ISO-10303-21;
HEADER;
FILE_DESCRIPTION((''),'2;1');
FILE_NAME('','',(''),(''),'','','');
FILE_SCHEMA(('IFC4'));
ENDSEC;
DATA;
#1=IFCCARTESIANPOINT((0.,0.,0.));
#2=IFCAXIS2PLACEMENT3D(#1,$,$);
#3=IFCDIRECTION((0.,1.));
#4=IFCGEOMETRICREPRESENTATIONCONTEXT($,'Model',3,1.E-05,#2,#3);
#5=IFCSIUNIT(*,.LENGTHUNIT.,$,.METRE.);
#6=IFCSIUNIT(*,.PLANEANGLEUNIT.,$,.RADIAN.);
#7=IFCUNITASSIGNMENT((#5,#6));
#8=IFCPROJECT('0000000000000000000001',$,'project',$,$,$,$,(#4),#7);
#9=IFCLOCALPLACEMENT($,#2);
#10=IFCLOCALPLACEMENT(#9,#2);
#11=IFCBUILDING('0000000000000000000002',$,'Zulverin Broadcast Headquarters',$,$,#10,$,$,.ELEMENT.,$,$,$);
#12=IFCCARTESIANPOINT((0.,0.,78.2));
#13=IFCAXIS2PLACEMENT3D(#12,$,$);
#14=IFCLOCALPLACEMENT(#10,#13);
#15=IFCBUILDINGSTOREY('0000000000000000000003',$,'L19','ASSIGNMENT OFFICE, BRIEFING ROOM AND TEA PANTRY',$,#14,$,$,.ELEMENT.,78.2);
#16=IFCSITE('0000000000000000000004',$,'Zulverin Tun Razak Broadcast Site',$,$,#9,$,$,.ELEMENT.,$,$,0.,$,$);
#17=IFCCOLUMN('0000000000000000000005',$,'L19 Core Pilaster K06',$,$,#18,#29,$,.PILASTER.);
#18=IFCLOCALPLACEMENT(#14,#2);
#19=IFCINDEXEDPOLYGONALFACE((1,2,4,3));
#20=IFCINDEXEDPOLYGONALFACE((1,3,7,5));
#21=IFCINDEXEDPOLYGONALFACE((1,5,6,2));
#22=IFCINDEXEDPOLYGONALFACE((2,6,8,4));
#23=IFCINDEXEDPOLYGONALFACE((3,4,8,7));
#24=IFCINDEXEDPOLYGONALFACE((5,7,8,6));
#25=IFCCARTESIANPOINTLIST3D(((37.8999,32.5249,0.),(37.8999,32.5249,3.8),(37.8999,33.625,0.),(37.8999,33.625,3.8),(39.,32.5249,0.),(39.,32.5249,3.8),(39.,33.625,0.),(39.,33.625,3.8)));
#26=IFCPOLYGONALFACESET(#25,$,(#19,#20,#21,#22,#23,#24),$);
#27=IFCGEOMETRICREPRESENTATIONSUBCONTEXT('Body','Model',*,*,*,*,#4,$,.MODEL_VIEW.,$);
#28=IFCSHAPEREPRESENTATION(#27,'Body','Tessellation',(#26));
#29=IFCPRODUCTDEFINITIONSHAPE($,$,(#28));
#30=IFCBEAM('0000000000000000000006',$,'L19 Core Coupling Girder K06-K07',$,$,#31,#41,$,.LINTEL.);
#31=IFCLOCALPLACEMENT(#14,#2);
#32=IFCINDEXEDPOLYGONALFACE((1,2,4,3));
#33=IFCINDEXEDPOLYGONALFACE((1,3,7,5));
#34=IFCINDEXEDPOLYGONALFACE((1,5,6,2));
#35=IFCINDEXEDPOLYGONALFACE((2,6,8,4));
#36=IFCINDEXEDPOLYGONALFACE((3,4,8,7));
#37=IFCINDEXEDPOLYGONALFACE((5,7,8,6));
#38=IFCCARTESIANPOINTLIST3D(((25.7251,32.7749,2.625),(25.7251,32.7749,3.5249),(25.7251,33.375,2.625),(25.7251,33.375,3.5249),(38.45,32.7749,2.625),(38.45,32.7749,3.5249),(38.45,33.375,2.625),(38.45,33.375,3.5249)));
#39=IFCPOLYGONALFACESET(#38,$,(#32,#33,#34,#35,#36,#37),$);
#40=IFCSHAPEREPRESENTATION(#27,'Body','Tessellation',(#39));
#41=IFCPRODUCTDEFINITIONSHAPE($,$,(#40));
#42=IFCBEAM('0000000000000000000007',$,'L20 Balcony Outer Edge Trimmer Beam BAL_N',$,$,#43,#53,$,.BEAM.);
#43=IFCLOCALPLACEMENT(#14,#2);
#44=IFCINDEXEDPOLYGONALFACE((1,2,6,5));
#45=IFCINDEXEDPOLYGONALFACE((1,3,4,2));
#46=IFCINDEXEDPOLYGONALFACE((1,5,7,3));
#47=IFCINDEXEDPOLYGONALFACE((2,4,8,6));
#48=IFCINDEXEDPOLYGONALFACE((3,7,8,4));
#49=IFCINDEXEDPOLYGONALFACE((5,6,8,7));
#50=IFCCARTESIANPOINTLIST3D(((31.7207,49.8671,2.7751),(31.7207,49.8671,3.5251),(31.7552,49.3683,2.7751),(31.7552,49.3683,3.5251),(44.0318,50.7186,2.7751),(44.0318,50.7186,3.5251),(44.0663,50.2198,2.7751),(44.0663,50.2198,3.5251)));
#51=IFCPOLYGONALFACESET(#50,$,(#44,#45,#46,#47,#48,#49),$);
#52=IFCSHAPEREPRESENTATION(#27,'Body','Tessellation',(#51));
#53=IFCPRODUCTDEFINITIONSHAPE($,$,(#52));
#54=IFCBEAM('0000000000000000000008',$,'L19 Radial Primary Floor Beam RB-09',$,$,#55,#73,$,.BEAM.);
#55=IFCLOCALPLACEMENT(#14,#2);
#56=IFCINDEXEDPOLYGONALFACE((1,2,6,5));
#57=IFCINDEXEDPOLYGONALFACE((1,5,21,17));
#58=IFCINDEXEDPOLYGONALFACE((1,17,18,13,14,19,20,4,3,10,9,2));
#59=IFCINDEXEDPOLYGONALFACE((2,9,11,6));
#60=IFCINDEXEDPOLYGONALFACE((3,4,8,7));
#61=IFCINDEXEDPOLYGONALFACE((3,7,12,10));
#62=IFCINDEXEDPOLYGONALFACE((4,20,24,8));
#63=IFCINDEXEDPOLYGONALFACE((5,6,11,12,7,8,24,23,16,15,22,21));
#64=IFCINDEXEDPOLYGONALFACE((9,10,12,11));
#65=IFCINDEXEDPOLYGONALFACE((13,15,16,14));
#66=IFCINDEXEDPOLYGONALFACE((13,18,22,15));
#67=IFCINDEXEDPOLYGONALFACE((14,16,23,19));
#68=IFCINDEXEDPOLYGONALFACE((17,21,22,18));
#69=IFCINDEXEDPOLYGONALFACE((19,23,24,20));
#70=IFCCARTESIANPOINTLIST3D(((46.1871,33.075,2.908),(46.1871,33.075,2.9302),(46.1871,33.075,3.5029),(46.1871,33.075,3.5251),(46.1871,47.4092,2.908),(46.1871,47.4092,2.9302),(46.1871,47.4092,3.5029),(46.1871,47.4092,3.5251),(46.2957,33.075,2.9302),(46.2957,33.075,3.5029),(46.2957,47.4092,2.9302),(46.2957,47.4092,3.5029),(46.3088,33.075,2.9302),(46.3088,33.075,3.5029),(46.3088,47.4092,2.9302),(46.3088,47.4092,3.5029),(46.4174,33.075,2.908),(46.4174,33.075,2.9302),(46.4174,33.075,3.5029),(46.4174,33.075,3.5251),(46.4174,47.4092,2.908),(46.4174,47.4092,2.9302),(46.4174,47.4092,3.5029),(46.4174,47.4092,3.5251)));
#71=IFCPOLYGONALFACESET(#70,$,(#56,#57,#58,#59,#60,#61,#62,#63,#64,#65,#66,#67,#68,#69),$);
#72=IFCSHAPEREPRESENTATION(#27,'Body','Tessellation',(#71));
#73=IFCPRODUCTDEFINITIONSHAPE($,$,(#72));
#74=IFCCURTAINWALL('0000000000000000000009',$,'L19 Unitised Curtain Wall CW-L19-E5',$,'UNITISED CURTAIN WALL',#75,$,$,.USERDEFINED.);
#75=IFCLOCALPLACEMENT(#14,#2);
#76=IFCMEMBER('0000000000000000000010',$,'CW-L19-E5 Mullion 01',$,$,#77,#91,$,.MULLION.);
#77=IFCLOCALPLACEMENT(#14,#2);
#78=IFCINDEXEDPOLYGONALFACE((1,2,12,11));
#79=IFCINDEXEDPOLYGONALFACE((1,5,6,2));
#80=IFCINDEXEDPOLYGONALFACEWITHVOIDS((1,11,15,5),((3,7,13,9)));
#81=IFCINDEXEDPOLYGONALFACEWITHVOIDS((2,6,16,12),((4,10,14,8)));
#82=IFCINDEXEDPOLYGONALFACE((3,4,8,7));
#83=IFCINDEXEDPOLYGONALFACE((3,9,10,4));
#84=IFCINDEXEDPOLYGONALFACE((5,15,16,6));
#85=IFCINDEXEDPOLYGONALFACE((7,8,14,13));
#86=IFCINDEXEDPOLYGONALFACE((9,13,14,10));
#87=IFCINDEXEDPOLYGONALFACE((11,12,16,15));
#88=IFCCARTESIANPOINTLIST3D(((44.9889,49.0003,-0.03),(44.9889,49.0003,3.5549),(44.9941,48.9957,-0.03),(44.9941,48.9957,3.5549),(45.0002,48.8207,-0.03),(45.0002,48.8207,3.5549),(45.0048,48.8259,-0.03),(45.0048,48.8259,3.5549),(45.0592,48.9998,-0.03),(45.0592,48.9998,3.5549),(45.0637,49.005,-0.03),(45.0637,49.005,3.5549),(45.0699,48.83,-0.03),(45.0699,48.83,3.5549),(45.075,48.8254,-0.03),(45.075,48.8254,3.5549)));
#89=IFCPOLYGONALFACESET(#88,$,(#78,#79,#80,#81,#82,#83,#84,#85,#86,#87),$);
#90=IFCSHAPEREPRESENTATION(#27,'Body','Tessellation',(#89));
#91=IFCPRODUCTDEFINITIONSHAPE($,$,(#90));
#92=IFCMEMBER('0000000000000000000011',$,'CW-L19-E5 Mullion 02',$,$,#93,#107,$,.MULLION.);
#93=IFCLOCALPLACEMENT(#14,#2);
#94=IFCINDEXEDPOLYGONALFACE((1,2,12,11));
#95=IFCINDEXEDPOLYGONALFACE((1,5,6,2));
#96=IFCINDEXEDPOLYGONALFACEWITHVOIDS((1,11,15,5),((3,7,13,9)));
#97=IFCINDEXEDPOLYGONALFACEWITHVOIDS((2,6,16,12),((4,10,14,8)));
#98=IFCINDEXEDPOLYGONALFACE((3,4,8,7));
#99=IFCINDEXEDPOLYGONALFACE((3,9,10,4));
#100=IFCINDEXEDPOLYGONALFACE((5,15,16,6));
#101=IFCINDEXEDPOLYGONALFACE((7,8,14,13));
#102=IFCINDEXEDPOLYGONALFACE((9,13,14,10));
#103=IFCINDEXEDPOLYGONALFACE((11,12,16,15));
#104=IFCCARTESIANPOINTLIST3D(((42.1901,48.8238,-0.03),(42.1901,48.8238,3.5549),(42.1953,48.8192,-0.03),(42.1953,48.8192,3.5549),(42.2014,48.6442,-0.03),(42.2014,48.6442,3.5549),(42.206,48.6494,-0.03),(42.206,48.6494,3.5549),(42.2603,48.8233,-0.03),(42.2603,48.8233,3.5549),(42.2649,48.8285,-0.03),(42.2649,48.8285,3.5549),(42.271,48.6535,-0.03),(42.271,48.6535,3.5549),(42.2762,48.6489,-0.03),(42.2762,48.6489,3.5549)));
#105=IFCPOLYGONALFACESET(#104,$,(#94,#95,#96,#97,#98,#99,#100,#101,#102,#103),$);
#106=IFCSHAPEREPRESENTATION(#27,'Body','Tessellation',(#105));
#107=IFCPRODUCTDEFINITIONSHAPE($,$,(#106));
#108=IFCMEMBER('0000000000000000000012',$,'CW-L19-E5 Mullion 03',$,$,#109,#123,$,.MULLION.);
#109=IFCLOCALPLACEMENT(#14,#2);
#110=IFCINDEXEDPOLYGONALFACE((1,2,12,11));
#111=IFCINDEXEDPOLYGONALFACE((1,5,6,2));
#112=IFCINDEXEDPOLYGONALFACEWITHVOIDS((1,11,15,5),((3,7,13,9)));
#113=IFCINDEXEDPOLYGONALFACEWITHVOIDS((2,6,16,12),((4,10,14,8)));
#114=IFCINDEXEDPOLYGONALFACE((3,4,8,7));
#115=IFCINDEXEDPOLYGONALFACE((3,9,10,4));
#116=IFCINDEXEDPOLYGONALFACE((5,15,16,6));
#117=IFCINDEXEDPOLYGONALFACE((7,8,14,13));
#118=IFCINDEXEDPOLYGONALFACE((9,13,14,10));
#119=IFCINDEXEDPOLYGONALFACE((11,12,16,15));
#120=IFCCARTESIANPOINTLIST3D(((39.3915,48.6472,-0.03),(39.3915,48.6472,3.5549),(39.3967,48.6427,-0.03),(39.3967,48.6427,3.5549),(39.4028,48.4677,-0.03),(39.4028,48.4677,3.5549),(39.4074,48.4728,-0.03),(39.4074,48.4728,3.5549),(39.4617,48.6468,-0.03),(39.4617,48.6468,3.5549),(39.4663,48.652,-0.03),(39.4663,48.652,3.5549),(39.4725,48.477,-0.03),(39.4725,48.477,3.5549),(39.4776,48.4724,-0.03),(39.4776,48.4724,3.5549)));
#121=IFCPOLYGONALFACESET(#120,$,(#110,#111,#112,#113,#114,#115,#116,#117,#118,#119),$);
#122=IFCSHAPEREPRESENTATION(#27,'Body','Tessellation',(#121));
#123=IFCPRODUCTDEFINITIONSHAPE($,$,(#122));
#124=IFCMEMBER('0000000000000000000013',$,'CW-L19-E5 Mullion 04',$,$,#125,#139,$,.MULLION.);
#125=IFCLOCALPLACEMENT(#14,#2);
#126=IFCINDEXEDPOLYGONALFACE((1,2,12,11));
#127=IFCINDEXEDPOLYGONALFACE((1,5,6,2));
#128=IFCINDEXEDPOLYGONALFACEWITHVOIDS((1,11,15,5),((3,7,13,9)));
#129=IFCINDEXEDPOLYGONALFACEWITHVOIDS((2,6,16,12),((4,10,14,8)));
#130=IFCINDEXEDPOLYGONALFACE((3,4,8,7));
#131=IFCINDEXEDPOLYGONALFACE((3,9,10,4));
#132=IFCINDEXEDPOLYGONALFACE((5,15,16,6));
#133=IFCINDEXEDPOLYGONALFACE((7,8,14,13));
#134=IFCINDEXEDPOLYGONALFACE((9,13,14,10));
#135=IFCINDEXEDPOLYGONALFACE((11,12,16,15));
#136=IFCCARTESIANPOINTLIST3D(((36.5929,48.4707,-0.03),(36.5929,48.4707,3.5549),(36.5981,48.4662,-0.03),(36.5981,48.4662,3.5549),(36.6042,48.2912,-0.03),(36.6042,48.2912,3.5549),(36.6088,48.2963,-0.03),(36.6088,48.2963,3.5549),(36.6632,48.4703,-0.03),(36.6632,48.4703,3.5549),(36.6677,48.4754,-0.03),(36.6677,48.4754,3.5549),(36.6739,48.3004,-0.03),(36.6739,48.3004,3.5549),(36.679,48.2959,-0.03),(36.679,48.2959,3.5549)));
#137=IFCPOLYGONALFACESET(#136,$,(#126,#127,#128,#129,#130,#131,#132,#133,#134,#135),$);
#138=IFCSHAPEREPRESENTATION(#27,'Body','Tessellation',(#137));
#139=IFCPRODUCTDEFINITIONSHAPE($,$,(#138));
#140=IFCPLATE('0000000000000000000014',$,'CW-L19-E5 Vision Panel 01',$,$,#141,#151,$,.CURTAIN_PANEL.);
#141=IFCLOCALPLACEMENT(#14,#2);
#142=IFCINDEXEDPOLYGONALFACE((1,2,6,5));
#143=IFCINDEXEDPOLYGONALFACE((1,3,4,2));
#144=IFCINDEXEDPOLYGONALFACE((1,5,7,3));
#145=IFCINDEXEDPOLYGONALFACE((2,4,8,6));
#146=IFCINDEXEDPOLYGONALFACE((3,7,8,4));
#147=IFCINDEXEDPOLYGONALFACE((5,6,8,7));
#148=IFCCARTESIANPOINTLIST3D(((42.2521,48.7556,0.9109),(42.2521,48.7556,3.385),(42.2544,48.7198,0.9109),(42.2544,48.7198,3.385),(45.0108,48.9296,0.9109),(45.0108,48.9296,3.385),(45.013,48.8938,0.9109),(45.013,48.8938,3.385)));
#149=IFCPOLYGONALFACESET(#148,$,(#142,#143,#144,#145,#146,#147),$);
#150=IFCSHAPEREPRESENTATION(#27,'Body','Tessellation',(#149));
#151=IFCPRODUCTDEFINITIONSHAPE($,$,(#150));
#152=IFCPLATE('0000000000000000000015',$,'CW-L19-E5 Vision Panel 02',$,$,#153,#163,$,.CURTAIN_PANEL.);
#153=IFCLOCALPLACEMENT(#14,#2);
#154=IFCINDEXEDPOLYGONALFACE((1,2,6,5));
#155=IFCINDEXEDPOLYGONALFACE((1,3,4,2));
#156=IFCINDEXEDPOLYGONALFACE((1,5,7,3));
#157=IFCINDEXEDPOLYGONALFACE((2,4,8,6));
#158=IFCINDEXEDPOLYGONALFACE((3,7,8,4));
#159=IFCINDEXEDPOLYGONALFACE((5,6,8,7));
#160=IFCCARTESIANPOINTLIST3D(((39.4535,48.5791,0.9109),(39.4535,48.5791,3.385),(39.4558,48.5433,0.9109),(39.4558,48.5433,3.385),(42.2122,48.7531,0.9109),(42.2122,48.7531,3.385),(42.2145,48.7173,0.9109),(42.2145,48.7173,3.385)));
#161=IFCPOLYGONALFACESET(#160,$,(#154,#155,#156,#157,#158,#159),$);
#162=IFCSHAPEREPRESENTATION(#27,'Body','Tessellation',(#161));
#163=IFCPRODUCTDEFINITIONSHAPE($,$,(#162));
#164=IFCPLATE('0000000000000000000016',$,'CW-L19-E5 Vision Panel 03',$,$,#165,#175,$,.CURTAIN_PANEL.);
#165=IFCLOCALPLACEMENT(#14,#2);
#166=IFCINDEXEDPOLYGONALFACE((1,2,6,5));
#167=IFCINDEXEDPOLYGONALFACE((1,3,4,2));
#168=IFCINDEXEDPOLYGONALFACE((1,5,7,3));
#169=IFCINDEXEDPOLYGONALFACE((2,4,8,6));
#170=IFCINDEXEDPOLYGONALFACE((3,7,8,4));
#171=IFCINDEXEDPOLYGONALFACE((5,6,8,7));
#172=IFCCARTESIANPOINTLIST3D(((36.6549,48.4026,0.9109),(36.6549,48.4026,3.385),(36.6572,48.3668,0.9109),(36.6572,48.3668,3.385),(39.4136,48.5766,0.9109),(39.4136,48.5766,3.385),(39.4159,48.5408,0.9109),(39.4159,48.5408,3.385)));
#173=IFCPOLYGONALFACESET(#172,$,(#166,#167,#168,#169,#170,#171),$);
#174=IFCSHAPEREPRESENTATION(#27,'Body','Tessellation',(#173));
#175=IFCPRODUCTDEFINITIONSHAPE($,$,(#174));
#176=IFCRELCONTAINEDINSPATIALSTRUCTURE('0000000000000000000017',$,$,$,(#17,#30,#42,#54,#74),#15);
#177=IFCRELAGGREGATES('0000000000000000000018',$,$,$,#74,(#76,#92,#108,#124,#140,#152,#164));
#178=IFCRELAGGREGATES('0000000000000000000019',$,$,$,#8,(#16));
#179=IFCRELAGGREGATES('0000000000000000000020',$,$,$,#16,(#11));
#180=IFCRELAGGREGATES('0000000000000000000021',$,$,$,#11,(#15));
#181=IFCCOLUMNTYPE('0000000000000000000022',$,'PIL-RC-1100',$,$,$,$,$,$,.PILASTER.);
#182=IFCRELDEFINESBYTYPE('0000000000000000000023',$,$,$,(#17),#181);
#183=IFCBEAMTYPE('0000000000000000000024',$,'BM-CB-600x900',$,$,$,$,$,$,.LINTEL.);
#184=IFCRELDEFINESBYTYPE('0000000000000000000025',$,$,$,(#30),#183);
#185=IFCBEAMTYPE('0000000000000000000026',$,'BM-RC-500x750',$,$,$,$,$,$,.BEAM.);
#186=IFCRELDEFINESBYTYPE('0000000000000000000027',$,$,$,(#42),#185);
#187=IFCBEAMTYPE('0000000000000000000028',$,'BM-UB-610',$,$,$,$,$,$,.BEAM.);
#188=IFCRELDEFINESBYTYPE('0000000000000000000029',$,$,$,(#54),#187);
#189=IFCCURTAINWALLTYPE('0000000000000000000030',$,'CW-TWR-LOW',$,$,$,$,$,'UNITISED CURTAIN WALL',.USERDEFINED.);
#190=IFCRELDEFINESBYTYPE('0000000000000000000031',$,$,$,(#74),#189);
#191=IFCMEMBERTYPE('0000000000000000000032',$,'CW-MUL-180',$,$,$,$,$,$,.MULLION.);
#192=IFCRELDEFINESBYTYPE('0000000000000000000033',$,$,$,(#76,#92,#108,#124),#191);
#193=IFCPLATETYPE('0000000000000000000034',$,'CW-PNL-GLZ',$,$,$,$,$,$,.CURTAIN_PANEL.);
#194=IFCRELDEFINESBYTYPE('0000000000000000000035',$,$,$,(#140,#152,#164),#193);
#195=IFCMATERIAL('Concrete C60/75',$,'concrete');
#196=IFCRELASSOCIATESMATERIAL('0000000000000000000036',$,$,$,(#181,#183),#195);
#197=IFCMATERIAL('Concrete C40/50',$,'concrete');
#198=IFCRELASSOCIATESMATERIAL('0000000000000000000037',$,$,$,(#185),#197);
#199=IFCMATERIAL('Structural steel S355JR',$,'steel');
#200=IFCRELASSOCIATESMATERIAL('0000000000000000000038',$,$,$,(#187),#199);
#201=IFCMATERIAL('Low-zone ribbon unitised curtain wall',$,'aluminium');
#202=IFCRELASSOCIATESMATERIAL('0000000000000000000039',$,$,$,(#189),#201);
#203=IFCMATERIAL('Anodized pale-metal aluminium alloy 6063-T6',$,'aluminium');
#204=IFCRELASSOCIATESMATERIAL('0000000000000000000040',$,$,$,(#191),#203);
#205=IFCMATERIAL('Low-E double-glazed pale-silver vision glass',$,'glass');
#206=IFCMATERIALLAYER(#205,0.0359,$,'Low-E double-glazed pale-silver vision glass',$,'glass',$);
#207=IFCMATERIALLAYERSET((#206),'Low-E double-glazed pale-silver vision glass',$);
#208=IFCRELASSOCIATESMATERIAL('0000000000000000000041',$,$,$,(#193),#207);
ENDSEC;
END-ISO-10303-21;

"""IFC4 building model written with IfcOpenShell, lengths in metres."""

from ifc_helpers import new_model, si_unit, direction, frame, origin, origin_2d, place, context, subcontext, project, spatial, rectangle, hollow_rectangle, i_section, extrude, material, layer, layer_set, material_profile, profile_set, type_object, element, aggregate, save


model = new_model("IFC4")

# Units and contexts
model_context = context("Model", 3, precision=1e-05, world=origin(), true_north=direction((0.0, 1.0)))
body_context = subcontext(model_context, "Body", "Model", "MODEL_VIEW")
ifc_project = project(units=[si_unit("LENGTHUNIT", "METRE"), si_unit("PLANEANGLEUNIT", "RADIAN")], contexts=[model_context])

# Site, building, storey
site_placement = place(None, origin())
site = spatial("IfcSite", under=ifc_project, at=site_placement, Name="Zulverin Tun Razak Broadcast Site", CompositionType="ELEMENT", RefElevation=0.0)
building_placement = place(site_placement, origin())
building = spatial("IfcBuilding", under=site, at=building_placement, Name="Zulverin Broadcast Headquarters", CompositionType="ELEMENT")
storey_placement = place(building_placement, frame((0.0, 0.0, 78.2)))
storey = spatial("IfcBuildingStorey", under=building, at=storey_placement, Name="L19", Description="ASSIGNMENT OFFICE, BRIEFING ROOM AND TEA PANTRY", CompositionType="ELEMENT", Elevation=78.2)

# Column
ifc_material_1 = material(Name="Concrete C60/75", Category="concrete")
ifc_material_profile_1 = material_profile(ifc_material_1, rectangle(XDim=1.1001, YDim=1.1001, at=origin_2d()), Name="Concrete C60/75", Category="concrete")
ifc_profile_set_1 = profile_set([ifc_material_profile_1], Name="Concrete C60/75")
column_type = type_object("IfcColumnType", Name="PIL-RC-1100", PredefinedType="PILASTER", material=ifc_profile_set_1)
column_placement = place(storey_placement, frame((38.45, 33.075, 0.0), z_axis=(0.0, 0.0, 1.0), x_axis=(1.0, 0.0, 0.0)))
element("IfcColumn", 1, at=column_placement, inside=storey, type_object=column_type, Name="L19 Core Pilaster K06", PredefinedType="PILASTER", context=body_context, shape_type="SweptSolid", body=[
    extrude(rectangle(XDim=1.1001, YDim=1.1001, at=origin_2d()), origin(), (0.0, 0.0, 1.0), 3.8),
])

# Beams
ifc_material_profile_2 = material_profile(ifc_material_1, rectangle(XDim=0.6001, YDim=0.8999, at=origin_2d()), Name="Concrete C60/75", Category="concrete")
ifc_profile_set_2 = profile_set([ifc_material_profile_2], Name="Concrete C60/75")
beam_type_1 = type_object("IfcBeamType", Name="BM-CB-600x900", PredefinedType="LINTEL", material=ifc_profile_set_2)
beam_1_placement = place(storey_placement, frame((38.45, 33.075, 3.075), z_axis=(-1.0, 0.0, 0.0), x_axis=(0.0, -1.0, 0.0)))
element("IfcBeam", 2, at=beam_1_placement, inside=storey, type_object=beam_type_1, Name="L19 Core Coupling Girder K06-K07", PredefinedType="LINTEL", context=body_context, shape_type="SweptSolid", body=[
    extrude(rectangle(XDim=0.6001, YDim=0.8999, at=origin_2d()), origin(), (0.0, 0.0, 1.0), 12.7249),
])
ifc_material_2 = material(Name="Concrete C40/50", Category="concrete")
ifc_material_profile_3 = material_profile(ifc_material_2, rectangle(XDim=0.5, YDim=0.75, at=origin_2d()), Name="Concrete C40/50", Category="concrete")
ifc_profile_set_3 = profile_set([ifc_material_profile_3], Name="Concrete C40/50")
beam_type_2 = type_object("IfcBeamType", Name="BM-RC-500x750", PredefinedType="BEAM", material=ifc_profile_set_3)
beam_2_placement = place(storey_placement, frame((44.0491, 50.4692, 3.1501), z_axis=(-0.997616, -0.069004, 0.0), x_axis=(0.069004, -0.997616, 0.0)))
element("IfcBeam", 3, at=beam_2_placement, inside=storey, type_object=beam_type_2, Name="L20 Balcony Outer Edge Trimmer Beam BAL_N", PredefinedType="BEAM", context=body_context, shape_type="SweptSolid", body=[
    extrude(rectangle(XDim=0.5, YDim=0.75, at=origin_2d()), origin(), (0.0, 0.0, 1.0), 12.3406),
])
ifc_material_3 = material(Name="Structural steel S355JR", Category="steel")
ifc_material_profile_4 = material_profile(ifc_material_3, i_section(OverallWidth=0.2302, OverallDepth=0.6172, WebThickness=0.0132, FlangeThickness=0.0222, at=origin_2d()), Name="Structural steel S355JR", Category="steel")
ifc_profile_set_4 = profile_set([ifc_material_profile_4], Name="Structural steel S355JR")
beam_type_3 = type_object("IfcBeamType", Name="BM-UB-610", PredefinedType="BEAM", material=ifc_profile_set_4)
beam_3_placement = place(storey_placement, frame((46.3022, 33.075, 3.2166), z_axis=(0.0, 1.0, 0.0), x_axis=(-1.0, 0.0, 0.0)))
element("IfcBeam", 4, at=beam_3_placement, inside=storey, type_object=beam_type_3, Name="L19 Radial Primary Floor Beam RB-09", PredefinedType="BEAM", context=body_context, shape_type="SweptSolid", body=[
    extrude(i_section(OverallWidth=0.2302, OverallDepth=0.6172, WebThickness=0.0132, FlangeThickness=0.0222, at=origin_2d()), origin(), (0.0, 0.0, 1.0), 14.3342),
])

# Curtain wall, members, plates
ifc_material_4 = material(Name="Low-zone ribbon unitised curtain wall", Category="aluminium")
curtain_wall_type = type_object("IfcCurtainWallType", Name="CW-TWR-LOW", ElementType="UNITISED CURTAIN WALL", PredefinedType="USERDEFINED", material=ifc_material_4)
curtain_wall_placement = place(storey_placement, origin())
curtain_wall = element("IfcCurtainWall", 5, at=curtain_wall_placement, inside=storey, type_object=curtain_wall_type, Name="L19 Unitised Curtain Wall CW-L19-E5", ObjectType="UNITISED CURTAIN WALL", PredefinedType="USERDEFINED")
ifc_material_5 = material(Name="Anodized pale-metal aluminium alloy 6063-T6", Category="aluminium")
ifc_material_profile_5 = material_profile(ifc_material_5, hollow_rectangle(XDim=0.075, YDim=0.1799, WallThickness=0.0049, at=origin_2d()), Name="Anodized pale-metal aluminium alloy 6063-T6", Category="aluminium")
ifc_profile_set_5 = profile_set([ifc_material_profile_5], Name="Anodized pale-metal aluminium alloy 6063-T6")
member_type = type_object("IfcMemberType", Name="CW-MUL-180", PredefinedType="MULLION", material=ifc_profile_set_5)
member_1_placement = place(storey_placement, frame((45.032, 48.9128, -0.03), z_axis=(0.0, 0.0, 1.0), x_axis=(-0.998018, -0.062935, 0.0)))
member_1 = element("IfcMember", 6, at=member_1_placement, type_object=member_type, Name="CW-L19-E5 Mullion 01", PredefinedType="MULLION", context=body_context, shape_type="SweptSolid", body=[
    extrude(hollow_rectangle(XDim=0.075, YDim=0.1799, WallThickness=0.0049, at=origin_2d()), origin(), (0.0, 0.0, 1.0), 3.585),
])
member_2_placement = place(storey_placement, frame((42.2332, 48.7363, -0.03), z_axis=(0.0, 0.0, 1.0), x_axis=(-0.998018, -0.062935, 0.0)))
member_2 = element("IfcMember", 7, at=member_2_placement, type_object=member_type, Name="CW-L19-E5 Mullion 02", PredefinedType="MULLION", context=body_context, shape_type="SweptSolid", body=[
    extrude(hollow_rectangle(XDim=0.075, YDim=0.1799, WallThickness=0.0049, at=origin_2d()), origin(), (0.0, 0.0, 1.0), 3.585),
])
member_3_placement = place(storey_placement, frame((39.4346, 48.5598, -0.03), z_axis=(0.0, 0.0, 1.0), x_axis=(-0.998018, -0.062935, 0.0)))
member_3 = element("IfcMember", 8, at=member_3_placement, type_object=member_type, Name="CW-L19-E5 Mullion 03", PredefinedType="MULLION", context=body_context, shape_type="SweptSolid", body=[
    extrude(hollow_rectangle(XDim=0.075, YDim=0.1799, WallThickness=0.0049, at=origin_2d()), origin(), (0.0, 0.0, 1.0), 3.585),
])
member_4_placement = place(storey_placement, frame((36.636, 48.3833, -0.03), z_axis=(0.0, 0.0, 1.0), x_axis=(-0.998018, -0.062935, 0.0)))
member_4 = element("IfcMember", 9, at=member_4_placement, type_object=member_type, Name="CW-L19-E5 Mullion 04", PredefinedType="MULLION", context=body_context, shape_type="SweptSolid", body=[
    extrude(hollow_rectangle(XDim=0.075, YDim=0.1799, WallThickness=0.0049, at=origin_2d()), origin(), (0.0, 0.0, 1.0), 3.585),
])
ifc_material_6 = material(Name="Low-E double-glazed pale-silver vision glass", Category="glass")
ifc_layer_1 = layer(ifc_material_6, 0.0359, Name="Low-E double-glazed pale-silver vision glass", Category="glass")
ifc_layer_set_1 = layer_set([ifc_layer_1], Name="Low-E double-glazed pale-silver vision glass")
plate_type_1 = type_object("IfcPlateType", Name="CW-PNL-GLZ", PredefinedType="CURTAIN_PANEL", material=ifc_layer_set_1)
plate_1_placement = place(storey_placement, frame((43.6326, 48.8247, 0.9109), z_axis=(0.0, 0.0, 1.0), x_axis=(-0.998018, -0.062935, 0.0)))
plate_1 = element("IfcPlate", 10, at=plate_1_placement, type_object=plate_type_1, Name="CW-L19-E5 Vision Panel 01", PredefinedType="CURTAIN_PANEL", context=body_context, shape_type="SweptSolid", body=[
    extrude(rectangle(XDim=2.7642, YDim=0.0359, at=origin_2d()), origin(), (0.0, 0.0, 1.0), 2.4741),
])
plate_2_placement = place(storey_placement, frame((40.834, 48.6482, 0.9109), z_axis=(0.0, 0.0, 1.0), x_axis=(-0.998018, -0.062935, 0.0)))
plate_2 = element("IfcPlate", 11, at=plate_2_placement, type_object=plate_type_1, Name="CW-L19-E5 Vision Panel 02", PredefinedType="CURTAIN_PANEL", context=body_context, shape_type="SweptSolid", body=[
    extrude(rectangle(XDim=2.7642, YDim=0.0359, at=origin_2d()), origin(), (0.0, 0.0, 1.0), 2.4741),
])
plate_3_placement = place(storey_placement, frame((38.0354, 48.4717, 0.9109), z_axis=(0.0, 0.0, 1.0), x_axis=(-0.998018, -0.062935, 0.0)))
plate_3 = element("IfcPlate", 12, at=plate_3_placement, type_object=plate_type_1, Name="CW-L19-E5 Vision Panel 03", PredefinedType="CURTAIN_PANEL", context=body_context, shape_type="SweptSolid", body=[
    extrude(rectangle(XDim=2.7642, YDim=0.0359, at=origin_2d()), origin(), (0.0, 0.0, 1.0), 2.4741),
])
aggregate(curtain_wall, [member_1, member_2, member_3, member_4, plate_1, plate_2, plate_3])

save(model, "model.ifc")
